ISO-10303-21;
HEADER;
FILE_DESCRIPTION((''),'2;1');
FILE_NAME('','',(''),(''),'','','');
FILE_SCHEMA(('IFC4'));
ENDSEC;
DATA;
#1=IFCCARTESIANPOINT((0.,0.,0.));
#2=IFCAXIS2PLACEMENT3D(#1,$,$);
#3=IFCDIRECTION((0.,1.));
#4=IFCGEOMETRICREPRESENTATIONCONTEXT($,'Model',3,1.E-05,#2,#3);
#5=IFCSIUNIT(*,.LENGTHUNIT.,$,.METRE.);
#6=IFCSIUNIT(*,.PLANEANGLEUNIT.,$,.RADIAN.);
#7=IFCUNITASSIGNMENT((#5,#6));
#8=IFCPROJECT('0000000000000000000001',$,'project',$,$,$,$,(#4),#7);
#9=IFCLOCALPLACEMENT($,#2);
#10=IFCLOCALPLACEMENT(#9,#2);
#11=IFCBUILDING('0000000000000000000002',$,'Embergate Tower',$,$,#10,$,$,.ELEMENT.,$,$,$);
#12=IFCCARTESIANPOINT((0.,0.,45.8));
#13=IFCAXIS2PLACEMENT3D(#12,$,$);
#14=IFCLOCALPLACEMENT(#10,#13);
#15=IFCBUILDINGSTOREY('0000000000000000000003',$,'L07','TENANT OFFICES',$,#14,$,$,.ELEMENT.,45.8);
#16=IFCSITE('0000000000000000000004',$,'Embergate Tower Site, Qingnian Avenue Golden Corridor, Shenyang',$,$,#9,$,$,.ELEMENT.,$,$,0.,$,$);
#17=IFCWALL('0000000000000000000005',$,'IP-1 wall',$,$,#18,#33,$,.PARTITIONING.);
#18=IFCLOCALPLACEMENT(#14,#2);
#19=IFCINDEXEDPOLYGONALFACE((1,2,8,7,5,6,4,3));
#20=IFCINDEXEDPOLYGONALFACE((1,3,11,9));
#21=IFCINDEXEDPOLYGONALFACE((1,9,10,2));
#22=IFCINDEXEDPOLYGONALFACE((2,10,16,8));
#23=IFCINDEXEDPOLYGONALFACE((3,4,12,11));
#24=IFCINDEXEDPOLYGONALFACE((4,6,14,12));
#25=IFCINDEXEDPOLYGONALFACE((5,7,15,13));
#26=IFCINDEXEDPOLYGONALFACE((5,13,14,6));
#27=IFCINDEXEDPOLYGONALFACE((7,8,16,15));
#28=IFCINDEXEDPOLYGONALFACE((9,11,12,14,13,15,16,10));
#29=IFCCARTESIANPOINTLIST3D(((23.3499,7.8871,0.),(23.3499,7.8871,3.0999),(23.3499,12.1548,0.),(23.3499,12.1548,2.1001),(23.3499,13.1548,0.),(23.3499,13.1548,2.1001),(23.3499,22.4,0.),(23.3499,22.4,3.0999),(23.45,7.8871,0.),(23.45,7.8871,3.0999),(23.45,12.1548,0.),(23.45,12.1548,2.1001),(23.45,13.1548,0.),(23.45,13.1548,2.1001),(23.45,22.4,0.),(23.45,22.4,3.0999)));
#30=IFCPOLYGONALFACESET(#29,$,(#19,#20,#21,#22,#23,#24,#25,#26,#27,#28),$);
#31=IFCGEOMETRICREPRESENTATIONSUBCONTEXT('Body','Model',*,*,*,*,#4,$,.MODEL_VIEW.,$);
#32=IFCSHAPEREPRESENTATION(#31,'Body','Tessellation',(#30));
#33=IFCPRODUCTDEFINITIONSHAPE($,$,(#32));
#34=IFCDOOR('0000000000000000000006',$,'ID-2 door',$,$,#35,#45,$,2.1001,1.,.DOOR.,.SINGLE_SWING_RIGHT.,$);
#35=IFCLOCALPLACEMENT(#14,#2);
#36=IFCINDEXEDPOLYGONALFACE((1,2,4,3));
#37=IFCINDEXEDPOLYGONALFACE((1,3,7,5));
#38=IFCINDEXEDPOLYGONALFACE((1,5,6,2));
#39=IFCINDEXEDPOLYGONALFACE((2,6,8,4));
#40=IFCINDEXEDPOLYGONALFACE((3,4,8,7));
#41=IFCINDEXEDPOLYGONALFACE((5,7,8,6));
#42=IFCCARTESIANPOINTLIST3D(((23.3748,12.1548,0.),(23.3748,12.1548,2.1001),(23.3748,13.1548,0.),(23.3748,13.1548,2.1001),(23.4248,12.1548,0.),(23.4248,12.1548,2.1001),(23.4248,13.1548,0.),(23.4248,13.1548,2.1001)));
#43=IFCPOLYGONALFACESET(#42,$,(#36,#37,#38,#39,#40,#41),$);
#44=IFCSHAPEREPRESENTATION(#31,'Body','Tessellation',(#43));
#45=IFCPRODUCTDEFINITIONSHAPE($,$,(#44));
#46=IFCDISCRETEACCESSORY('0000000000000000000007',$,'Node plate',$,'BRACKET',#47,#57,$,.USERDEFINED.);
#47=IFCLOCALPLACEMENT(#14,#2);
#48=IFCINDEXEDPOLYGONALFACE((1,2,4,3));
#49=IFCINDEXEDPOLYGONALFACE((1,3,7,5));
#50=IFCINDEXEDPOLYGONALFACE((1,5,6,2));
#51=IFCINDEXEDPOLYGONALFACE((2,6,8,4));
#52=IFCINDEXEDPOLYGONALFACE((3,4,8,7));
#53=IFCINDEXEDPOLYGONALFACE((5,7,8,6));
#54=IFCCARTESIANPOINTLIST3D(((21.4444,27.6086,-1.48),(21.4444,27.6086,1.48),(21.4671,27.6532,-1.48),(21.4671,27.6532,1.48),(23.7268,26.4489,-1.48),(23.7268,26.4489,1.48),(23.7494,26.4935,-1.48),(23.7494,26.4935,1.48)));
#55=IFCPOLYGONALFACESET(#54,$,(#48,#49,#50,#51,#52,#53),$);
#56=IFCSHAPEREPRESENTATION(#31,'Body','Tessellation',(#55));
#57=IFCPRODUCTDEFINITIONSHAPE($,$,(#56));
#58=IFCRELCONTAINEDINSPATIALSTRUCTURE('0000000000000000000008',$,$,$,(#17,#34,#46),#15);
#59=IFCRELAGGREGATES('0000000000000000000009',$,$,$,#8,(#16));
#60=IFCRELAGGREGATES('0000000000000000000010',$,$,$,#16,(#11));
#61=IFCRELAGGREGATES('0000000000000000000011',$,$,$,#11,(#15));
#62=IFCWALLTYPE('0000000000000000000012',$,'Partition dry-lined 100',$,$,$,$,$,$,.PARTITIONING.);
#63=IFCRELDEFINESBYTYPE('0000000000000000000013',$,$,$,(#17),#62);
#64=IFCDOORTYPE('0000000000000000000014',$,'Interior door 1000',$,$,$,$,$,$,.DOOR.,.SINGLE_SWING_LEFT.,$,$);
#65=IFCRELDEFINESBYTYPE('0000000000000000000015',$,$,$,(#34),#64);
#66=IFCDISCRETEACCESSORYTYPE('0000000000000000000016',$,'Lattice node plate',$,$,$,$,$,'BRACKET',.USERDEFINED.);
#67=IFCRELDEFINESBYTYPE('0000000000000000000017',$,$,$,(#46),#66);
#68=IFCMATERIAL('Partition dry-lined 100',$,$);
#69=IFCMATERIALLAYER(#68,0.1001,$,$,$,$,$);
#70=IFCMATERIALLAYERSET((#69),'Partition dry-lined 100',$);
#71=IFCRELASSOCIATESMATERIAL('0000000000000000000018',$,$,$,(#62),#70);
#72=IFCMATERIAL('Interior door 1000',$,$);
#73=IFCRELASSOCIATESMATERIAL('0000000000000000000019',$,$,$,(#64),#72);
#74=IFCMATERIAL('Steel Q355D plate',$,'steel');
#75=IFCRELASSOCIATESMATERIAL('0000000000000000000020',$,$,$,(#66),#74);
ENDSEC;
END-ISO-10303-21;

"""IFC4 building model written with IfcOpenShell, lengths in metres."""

from ifc_helpers import new_model, si_unit, direction, frame, frame_2d, origin, origin_2d, place, context, subcontext, project, spatial, rectangle, extrude, source, transform, mapped, material, layer, layer_set, type_object, element, fill, save


model = new_model("IFC4")

# Units and contexts
model_context = context("Model", 3, precision=1e-05, world=origin(), true_north=direction((0.0, 1.0)))
body_context = subcontext(model_context, "Body", "Model", "MODEL_VIEW")
ifc_project = project(units=[si_unit("LENGTHUNIT", "METRE"), si_unit("PLANEANGLEUNIT", "RADIAN")], contexts=[model_context])

# Site, building, storey
site_placement = place(None, origin())
site = spatial("IfcSite", under=ifc_project, at=site_placement, Name="Embergate Tower Site, Qingnian Avenue Golden Corridor, Shenyang", CompositionType="ELEMENT", RefElevation=0.0)
building_placement = place(site_placement, origin())
building = spatial("IfcBuilding", under=site, at=building_placement, Name="Embergate Tower", CompositionType="ELEMENT")
storey_placement = place(building_placement, frame((0.0, 0.0, 45.8)))
storey = spatial("IfcBuildingStorey", under=building, at=storey_placement, Name="L07", Description="TENANT OFFICES", CompositionType="ELEMENT", Elevation=45.8)

# Wall, opening, door
ifc_material_1 = material(Name="Partition dry-lined 100")
ifc_layer_1 = layer(ifc_material_1, 0.1001)
ifc_layer_set_1 = layer_set([ifc_layer_1], Name="Partition dry-lined 100")
wall_type = type_object("IfcWallType", Name="Partition dry-lined 100", PredefinedType="PARTITIONING", material=ifc_layer_set_1)
shared_shape_1 = source(origin(), body_context, "Body", "SweptSolid", [
    extrude(rectangle(XDim=14.5129, YDim=0.1001, at=frame_2d((7.2563, 0.0))), origin(), (0.0, 0.0, 1.0), 3.0999),
])
wall_placement = place(storey_placement, frame((23.3999, 22.3999, 0.0), z_axis=(0.0, 0.0, 1.0), x_axis=(0.0, -1.0, 0.0)))
wall = element("IfcWall", 1, at=wall_placement, inside=storey, type_object=wall_type, Name="IP-1 wall", PredefinedType="PARTITIONING", context=body_context, shape_type="MappedRepresentation", body=[
    mapped(shared_shape_1, transform((0.0, 0.0, 0.0))),
])
shared_shape_2 = source(origin(), body_context, "Body", "SweptSolid", [
    extrude(rectangle(XDim=1.0, YDim=2.1001, at=frame_2d((0.5, 1.05))), frame((0.0, 0.0601, 0.0), z_axis=(0.0, -1.0, 0.0), x_axis=(1.0, 0.0, 0.0)), (0.0, 0.0, 1.0), 0.1201),
])
opening_placement = place(wall_placement, frame((9.2451, 0.0, 0.0)))
opening = element("IfcOpeningElement", 2, at=opening_placement, cuts=wall, PredefinedType="OPENING", context=body_context, shape_type="MappedRepresentation", body=[
    mapped(shared_shape_2, transform((0.0, 0.0, 0.0))),
])
ifc_material_2 = material(Name="Interior door 1000")
door_type = type_object("IfcDoorType", Name="Interior door 1000", OperationType="SINGLE_SWING_LEFT", PredefinedType="DOOR", material=ifc_material_2)
shared_shape_3 = source(origin(), body_context, "Body", "SweptSolid", [
    extrude(rectangle(XDim=1.0, YDim=2.1001, at=frame_2d((0.5, 1.05))), frame((0.0, 0.0249, 0.0), z_axis=(0.0, -1.0, 0.0), x_axis=(1.0, 0.0, 0.0)), (0.0, 0.0, 1.0), 0.05),
])
door_placement = place(opening_placement, origin())
door = element("IfcDoor", 3, at=door_placement, inside=storey, type_object=door_type, Name="ID-2 door", OperationType="SINGLE_SWING_RIGHT", OverallHeight=2.1001, OverallWidth=1.0, PredefinedType="DOOR", context=body_context, shape_type="MappedRepresentation", body=[
    mapped(shared_shape_3, transform((0.0, 0.0, 0.0))),
])
fill(opening, door)

# Discrete accessory
ifc_material_3 = material(Name="Steel Q355D plate", Category="steel")
discrete_accessory_type = type_object("IfcDiscreteAccessoryType", Name="Lattice node plate", ElementType="BRACKET", PredefinedType="USERDEFINED", material=ifc_material_3)
shared_shape_4 = source(origin(), body_context, "Body", "SweptSolid", [
    extrude(rectangle(XDim=2.5601, YDim=0.05, at=origin_2d()), origin(), (0.0, 0.0, 1.0), 2.96),
])
discrete_accessory_placement = place(storey_placement, frame((22.5969, 27.051, -1.48), z_axis=(0.0, 0.0, 1.0), x_axis=(-0.891513, 0.452995, 0.0)))
element("IfcDiscreteAccessory", 4, at=discrete_accessory_placement, inside=storey, type_object=discrete_accessory_type, Name="Node plate", ObjectType="BRACKET", PredefinedType="USERDEFINED", context=body_context, shape_type="MappedRepresentation", body=[
    mapped(shared_shape_4, transform((0.0, 0.0, 0.0))),
])

save(model, "model.ifc")
